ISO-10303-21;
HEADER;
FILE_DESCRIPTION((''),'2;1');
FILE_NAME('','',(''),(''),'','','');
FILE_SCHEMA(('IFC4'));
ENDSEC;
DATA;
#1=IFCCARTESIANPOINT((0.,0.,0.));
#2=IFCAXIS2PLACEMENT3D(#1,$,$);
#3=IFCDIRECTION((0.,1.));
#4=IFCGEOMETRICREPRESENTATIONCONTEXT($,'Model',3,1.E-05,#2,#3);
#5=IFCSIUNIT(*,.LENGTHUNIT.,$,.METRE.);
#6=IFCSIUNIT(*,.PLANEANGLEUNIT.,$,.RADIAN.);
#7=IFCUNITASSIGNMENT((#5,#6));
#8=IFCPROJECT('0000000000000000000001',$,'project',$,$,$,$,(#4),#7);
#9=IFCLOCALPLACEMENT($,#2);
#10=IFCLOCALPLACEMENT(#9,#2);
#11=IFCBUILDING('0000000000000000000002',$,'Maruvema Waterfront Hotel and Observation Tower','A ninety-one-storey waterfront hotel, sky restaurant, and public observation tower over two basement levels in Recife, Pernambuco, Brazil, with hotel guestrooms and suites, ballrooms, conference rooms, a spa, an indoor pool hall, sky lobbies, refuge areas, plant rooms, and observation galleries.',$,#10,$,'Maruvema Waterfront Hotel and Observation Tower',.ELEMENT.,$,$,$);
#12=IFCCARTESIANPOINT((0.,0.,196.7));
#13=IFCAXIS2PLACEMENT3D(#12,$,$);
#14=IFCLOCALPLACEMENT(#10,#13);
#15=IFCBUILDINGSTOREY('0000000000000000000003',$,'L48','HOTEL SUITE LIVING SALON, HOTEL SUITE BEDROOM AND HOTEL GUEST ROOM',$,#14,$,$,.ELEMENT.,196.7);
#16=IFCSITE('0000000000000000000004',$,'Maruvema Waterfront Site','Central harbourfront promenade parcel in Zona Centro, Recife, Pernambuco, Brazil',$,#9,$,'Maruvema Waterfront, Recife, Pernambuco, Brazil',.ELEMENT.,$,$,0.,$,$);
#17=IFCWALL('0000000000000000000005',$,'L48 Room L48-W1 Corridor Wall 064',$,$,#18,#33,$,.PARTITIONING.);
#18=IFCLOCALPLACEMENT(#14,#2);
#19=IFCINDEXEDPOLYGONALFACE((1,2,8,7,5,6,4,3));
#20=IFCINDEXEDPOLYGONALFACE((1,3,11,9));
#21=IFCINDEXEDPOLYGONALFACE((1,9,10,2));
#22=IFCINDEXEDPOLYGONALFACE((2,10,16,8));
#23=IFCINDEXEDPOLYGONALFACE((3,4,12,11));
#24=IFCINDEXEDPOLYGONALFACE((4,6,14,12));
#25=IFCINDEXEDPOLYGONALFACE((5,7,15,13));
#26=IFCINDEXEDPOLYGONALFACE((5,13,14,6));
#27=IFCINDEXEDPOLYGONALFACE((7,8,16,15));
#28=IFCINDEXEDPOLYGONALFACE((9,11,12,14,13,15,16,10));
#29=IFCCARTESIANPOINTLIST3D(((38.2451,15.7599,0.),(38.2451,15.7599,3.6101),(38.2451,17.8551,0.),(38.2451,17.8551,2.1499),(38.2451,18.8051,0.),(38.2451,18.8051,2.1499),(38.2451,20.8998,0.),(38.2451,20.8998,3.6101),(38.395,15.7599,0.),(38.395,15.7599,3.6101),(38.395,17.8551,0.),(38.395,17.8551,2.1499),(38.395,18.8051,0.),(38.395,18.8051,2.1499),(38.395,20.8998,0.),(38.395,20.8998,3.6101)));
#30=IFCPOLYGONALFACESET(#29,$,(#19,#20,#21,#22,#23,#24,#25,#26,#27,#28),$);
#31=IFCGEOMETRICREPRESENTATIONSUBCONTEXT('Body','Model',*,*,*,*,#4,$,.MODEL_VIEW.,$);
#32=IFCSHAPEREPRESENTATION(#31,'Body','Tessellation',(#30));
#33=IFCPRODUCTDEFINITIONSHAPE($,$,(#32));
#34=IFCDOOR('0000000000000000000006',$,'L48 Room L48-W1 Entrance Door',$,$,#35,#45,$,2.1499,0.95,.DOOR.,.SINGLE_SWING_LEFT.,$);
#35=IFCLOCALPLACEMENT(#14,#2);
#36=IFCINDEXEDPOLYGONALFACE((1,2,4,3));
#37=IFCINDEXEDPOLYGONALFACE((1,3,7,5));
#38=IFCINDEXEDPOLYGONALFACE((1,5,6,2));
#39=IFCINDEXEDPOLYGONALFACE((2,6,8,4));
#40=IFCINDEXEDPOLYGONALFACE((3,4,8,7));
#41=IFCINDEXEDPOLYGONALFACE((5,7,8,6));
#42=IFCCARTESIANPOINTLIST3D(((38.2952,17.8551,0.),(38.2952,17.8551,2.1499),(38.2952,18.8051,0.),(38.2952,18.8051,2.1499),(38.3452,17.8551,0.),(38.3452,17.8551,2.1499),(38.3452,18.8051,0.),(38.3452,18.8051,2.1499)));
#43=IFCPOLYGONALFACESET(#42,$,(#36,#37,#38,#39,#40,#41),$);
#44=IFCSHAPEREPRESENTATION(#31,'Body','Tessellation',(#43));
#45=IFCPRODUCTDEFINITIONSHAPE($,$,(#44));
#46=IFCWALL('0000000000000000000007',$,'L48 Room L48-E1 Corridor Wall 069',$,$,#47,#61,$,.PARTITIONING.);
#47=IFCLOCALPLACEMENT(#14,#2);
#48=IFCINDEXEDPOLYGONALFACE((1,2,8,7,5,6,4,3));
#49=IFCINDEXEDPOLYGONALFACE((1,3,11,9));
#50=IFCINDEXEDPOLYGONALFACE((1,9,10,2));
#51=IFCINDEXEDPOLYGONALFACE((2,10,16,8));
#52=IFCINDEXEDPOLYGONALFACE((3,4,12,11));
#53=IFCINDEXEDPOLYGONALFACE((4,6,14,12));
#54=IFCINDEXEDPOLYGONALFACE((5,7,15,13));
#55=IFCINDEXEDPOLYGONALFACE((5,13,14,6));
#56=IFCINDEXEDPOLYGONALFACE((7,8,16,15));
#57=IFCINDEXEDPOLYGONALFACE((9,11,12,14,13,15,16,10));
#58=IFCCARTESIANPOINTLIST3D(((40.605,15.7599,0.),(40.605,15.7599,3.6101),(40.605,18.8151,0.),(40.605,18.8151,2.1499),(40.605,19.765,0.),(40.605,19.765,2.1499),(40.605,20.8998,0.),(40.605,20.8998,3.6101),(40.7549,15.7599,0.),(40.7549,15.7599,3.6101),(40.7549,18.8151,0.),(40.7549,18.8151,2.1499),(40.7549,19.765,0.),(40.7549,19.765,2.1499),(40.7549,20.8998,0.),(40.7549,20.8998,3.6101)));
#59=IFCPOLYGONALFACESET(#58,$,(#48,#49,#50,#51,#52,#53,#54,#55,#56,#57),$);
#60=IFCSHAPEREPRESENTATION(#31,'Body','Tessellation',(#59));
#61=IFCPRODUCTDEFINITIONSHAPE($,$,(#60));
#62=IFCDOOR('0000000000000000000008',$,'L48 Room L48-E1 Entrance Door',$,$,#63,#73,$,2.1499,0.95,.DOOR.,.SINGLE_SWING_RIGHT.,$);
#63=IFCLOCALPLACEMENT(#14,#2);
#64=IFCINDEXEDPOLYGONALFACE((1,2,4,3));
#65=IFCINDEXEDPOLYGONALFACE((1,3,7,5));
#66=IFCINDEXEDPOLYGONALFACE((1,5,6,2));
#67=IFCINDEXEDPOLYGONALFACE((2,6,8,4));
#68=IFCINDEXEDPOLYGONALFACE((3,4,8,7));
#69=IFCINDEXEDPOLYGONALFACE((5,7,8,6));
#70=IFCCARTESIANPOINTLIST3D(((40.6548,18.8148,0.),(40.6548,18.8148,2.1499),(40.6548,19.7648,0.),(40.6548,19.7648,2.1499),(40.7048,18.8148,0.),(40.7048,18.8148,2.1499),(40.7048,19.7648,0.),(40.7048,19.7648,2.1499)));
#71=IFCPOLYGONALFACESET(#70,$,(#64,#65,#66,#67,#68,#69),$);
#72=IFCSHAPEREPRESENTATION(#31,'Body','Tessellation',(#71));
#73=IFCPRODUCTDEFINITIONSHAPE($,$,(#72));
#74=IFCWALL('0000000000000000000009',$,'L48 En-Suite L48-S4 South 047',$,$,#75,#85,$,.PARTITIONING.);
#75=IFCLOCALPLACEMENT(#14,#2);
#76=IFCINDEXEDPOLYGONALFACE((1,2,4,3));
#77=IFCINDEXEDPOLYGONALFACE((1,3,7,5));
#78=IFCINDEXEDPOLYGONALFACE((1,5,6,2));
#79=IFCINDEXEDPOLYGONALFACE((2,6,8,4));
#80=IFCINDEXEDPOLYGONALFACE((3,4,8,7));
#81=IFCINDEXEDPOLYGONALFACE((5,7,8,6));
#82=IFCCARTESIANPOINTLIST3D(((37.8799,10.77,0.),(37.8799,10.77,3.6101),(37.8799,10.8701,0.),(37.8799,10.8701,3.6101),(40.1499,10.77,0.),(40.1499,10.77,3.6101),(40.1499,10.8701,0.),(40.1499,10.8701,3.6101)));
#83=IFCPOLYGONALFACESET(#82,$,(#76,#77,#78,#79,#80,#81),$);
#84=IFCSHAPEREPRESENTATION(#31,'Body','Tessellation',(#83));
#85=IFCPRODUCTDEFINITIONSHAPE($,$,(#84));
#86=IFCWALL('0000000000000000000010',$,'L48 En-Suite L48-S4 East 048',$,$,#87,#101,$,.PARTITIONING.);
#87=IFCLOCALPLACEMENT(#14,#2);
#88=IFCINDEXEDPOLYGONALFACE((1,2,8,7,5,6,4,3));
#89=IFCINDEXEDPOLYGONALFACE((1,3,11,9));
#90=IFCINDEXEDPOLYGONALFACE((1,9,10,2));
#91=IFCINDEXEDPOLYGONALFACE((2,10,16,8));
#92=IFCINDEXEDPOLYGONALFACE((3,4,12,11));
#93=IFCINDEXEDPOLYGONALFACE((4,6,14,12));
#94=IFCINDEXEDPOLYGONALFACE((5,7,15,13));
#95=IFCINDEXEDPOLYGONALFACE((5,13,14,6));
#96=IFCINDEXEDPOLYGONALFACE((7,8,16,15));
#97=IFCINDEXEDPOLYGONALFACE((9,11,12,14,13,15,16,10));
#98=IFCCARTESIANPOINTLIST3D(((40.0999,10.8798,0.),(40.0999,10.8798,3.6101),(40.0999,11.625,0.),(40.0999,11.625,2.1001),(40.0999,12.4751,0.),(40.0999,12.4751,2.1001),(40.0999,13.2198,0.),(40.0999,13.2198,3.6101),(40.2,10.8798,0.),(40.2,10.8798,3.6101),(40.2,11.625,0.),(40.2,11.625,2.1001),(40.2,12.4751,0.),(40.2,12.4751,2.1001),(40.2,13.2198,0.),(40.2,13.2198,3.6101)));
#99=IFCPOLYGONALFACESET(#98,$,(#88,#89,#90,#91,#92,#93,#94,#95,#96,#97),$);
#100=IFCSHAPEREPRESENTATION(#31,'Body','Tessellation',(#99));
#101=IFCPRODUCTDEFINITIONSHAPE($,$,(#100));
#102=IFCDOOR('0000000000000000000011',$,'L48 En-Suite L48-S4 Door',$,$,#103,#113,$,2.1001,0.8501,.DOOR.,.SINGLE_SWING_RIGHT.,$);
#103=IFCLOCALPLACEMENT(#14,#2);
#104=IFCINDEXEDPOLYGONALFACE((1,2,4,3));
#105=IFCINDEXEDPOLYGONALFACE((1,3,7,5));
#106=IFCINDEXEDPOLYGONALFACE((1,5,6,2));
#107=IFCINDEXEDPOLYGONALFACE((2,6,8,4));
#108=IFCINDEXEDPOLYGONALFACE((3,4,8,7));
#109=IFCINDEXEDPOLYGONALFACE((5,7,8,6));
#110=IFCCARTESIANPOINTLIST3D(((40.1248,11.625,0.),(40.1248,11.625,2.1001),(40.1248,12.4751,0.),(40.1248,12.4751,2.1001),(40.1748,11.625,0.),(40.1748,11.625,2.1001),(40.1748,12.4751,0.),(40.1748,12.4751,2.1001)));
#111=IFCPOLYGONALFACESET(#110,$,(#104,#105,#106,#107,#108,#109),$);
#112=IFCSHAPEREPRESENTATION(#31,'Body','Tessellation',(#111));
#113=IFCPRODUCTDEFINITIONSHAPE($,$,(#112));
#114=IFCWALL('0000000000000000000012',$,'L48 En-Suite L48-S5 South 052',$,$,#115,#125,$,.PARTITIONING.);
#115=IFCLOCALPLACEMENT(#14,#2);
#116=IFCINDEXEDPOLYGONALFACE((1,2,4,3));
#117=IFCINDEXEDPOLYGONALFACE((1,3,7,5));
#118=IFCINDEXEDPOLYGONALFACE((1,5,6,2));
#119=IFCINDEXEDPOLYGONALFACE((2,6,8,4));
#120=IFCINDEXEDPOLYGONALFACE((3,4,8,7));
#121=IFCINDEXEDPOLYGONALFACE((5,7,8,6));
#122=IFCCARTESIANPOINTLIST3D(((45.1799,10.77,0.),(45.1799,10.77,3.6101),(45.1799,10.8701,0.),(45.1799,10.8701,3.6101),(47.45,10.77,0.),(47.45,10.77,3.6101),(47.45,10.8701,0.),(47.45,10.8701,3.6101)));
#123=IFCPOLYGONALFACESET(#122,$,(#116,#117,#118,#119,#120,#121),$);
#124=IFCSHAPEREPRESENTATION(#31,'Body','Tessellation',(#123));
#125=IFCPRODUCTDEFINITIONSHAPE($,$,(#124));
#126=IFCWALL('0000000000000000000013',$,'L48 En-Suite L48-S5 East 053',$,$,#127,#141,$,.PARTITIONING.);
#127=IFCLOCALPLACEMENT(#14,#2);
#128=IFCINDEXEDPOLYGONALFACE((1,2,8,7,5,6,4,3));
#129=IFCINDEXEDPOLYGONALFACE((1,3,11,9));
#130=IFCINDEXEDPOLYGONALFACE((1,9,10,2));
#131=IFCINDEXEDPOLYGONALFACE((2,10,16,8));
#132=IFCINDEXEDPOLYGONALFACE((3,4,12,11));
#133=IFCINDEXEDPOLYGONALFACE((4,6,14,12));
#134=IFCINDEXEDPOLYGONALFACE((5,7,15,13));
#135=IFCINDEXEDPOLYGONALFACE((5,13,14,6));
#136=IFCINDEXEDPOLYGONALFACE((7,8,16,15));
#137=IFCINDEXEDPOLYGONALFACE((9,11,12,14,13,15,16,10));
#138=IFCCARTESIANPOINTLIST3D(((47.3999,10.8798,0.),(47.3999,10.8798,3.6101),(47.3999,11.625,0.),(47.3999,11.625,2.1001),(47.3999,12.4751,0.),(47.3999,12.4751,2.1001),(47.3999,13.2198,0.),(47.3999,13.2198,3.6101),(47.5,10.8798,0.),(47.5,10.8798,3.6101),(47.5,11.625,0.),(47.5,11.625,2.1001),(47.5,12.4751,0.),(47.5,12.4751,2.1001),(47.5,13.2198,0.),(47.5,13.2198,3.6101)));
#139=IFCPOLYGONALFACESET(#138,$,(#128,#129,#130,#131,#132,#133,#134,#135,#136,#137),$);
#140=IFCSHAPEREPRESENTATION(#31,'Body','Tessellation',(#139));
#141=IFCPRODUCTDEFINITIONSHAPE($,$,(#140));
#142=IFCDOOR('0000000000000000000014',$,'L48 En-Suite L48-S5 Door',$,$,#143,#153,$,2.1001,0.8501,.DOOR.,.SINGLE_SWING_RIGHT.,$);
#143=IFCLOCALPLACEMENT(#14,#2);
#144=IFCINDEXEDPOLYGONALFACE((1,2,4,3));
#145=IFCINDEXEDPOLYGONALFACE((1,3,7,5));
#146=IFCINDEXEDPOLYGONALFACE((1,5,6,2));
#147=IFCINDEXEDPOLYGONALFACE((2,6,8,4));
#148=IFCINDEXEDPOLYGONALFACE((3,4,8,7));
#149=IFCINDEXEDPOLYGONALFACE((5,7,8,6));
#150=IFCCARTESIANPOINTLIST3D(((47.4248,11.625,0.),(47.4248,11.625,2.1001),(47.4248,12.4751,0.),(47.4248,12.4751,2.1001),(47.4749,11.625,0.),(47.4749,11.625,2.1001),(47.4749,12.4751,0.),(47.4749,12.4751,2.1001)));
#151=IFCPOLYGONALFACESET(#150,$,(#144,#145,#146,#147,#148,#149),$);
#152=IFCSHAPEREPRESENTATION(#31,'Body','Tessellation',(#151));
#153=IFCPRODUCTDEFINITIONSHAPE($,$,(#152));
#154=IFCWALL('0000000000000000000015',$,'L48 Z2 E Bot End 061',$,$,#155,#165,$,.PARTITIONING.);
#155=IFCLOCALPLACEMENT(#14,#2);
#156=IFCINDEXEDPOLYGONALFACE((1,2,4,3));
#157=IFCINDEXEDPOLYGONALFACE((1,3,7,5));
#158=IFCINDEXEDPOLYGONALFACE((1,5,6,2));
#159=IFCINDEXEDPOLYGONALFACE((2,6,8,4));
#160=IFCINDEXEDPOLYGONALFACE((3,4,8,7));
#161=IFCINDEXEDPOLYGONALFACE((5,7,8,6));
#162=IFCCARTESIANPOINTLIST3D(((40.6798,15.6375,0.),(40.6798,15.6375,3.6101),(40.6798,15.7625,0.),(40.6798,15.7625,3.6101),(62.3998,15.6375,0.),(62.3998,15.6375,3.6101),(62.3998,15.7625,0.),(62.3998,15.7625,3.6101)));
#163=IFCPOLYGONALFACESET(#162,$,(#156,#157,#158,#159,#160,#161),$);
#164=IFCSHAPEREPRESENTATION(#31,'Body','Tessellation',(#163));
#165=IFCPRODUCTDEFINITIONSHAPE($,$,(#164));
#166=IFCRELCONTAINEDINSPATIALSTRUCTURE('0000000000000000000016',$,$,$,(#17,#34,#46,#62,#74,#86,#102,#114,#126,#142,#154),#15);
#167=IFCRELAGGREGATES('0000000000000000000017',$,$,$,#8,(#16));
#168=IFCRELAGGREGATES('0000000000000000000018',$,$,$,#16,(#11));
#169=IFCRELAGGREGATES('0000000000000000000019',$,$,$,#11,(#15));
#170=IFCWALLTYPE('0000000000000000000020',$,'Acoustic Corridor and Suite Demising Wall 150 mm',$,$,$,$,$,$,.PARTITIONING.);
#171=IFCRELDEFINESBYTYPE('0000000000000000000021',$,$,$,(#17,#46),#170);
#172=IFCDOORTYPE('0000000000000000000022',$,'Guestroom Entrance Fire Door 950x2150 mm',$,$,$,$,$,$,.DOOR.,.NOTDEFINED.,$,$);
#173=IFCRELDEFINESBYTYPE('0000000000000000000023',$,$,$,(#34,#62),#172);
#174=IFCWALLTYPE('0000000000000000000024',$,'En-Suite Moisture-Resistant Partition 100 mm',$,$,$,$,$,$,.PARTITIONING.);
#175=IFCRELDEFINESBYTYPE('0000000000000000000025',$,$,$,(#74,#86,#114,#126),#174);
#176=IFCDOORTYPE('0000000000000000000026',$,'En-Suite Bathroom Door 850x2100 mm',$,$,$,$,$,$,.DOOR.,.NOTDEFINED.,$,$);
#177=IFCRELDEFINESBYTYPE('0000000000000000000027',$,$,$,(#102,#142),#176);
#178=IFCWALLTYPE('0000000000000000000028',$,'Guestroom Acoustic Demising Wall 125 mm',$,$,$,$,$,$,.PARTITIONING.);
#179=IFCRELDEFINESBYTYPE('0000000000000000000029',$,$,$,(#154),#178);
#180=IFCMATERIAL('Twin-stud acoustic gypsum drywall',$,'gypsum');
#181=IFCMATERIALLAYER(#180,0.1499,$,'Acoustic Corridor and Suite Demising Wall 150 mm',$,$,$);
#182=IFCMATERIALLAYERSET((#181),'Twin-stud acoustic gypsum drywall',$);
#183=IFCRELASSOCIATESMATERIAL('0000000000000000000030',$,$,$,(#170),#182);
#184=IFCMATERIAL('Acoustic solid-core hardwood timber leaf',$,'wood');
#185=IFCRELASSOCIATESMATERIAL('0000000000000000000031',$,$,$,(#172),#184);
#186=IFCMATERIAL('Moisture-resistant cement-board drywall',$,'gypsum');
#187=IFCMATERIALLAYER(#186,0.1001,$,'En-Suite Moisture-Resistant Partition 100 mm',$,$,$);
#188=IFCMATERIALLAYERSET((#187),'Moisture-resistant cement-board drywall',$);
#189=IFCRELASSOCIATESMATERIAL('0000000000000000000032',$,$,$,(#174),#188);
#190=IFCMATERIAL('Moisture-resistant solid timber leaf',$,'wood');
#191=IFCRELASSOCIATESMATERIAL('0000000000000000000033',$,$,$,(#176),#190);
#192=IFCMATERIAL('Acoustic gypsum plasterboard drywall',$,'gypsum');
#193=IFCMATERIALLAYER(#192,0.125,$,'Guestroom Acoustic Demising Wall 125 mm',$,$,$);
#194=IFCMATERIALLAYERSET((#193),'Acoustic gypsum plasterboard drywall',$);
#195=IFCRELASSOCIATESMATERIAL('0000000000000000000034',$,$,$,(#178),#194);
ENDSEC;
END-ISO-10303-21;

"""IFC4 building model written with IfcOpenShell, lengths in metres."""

from ifc_helpers import new_model, si_unit, direction, frame, frame_2d, origin, place, context, subcontext, project, spatial, rectangle, extrude, material, layer, layer_set, type_object, element, fill, save


model = new_model("IFC4")

# Units and contexts
model_context = context("Model", 3, precision=1e-05, world=origin(), true_north=direction((0.0, 1.0)))
body_context = subcontext(model_context, "Body", "Model", "MODEL_VIEW")
ifc_project = project(units=[si_unit("LENGTHUNIT", "METRE"), si_unit("PLANEANGLEUNIT", "RADIAN")], contexts=[model_context])

# Site, building, storey
site_placement = place(None, origin())
site = spatial("IfcSite", under=ifc_project, at=site_placement, Name="Maruvema Waterfront Site", Description="Central harbourfront promenade parcel in Zona Centro, Recife, Pernambuco, Brazil", LongName="Maruvema Waterfront, Recife, Pernambuco, Brazil", CompositionType="ELEMENT", RefElevation=0.0)
building_placement = place(site_placement, origin())
building = spatial("IfcBuilding", under=site, at=building_placement, Name="Maruvema Waterfront Hotel and Observation Tower", Description="A ninety-one-storey waterfront hotel, sky restaurant, and public observation tower over two basement levels in Recife, Pernambuco, Brazil, with hotel guestrooms and suites, ballrooms, conference rooms, a spa, an indoor pool hall, sky lobbies, refuge areas, plant rooms, and observation galleries.", LongName="Maruvema Waterfront Hotel and Observation Tower", CompositionType="ELEMENT")
storey_placement = place(building_placement, frame((0.0, 0.0, 196.7)))
storey = spatial("IfcBuildingStorey", under=building, at=storey_placement, Name="L48", Description="HOTEL SUITE LIVING SALON, HOTEL SUITE BEDROOM AND HOTEL GUEST ROOM", CompositionType="ELEMENT", Elevation=196.7)

# Shared definitions
ifc_material_1 = material(Name="Twin-stud acoustic gypsum drywall", Category="gypsum")
ifc_layer_1 = layer(ifc_material_1, 0.1499, Name="Acoustic Corridor and Suite Demising Wall 150 mm")
ifc_layer_set_1 = layer_set([ifc_layer_1], Name="Twin-stud acoustic gypsum drywall")
wall_type_1 = type_object("IfcWallType", Name="Acoustic Corridor and Suite Demising Wall 150 mm", PredefinedType="PARTITIONING", material=ifc_layer_set_1)

# Shared definitions
ifc_material_2 = material(Name="Acoustic solid-core hardwood timber leaf", Category="wood")
door_type_1 = type_object("IfcDoorType", Name="Guestroom Entrance Fire Door 950x2150 mm", OperationType="NOTDEFINED", PredefinedType="DOOR", material=ifc_material_2)

# Walls, openings, doors
wall_1_placement = place(storey_placement, frame((38.3201, 15.76, 0.0), z_axis=(0.0, 0.0, 1.0), x_axis=(0.0, 1.0, 0.0)))
wall_1 = element("IfcWall", 1, at=wall_1_placement, inside=storey, type_object=wall_type_1, Name="L48 Room L48-W1 Corridor Wall 064", PredefinedType="PARTITIONING", context=body_context, shape_type="SweptSolid", body=[
    extrude(rectangle(XDim=5.1399, YDim=0.1499, at=frame_2d((2.5698, 0.0))), origin(), (0.0, 0.0, 1.0), 3.6101),
])
opening_1_placement = place(wall_1_placement, frame((2.095, 0.0, 0.0)))
opening_1 = element("IfcOpeningElement", 2, at=opening_1_placement, cuts=wall_1, PredefinedType="OPENING", context=body_context, shape_type="SweptSolid", body=[
    extrude(rectangle(XDim=0.95, YDim=2.1499, at=frame_2d((0.4751, 1.075))), frame((0.0, 0.085, 0.0), z_axis=(0.0, -1.0, 0.0), x_axis=(1.0, 0.0, 0.0)), (0.0, 0.0, 1.0), 0.1699),
])
door_1_placement = place(opening_1_placement, origin())
door_1 = element("IfcDoor", 3, at=door_1_placement, inside=storey, type_object=door_type_1, Name="L48 Room L48-W1 Entrance Door", OperationType="SINGLE_SWING_LEFT", OverallHeight=2.1499, OverallWidth=0.95, PredefinedType="DOOR", context=body_context, shape_type="SweptSolid", body=[
    extrude(rectangle(XDim=0.95, YDim=2.1499, at=frame_2d((0.4751, 1.075))), frame((0.0, 0.0249, 0.0), z_axis=(0.0, -1.0, 0.0), x_axis=(1.0, 0.0, 0.0)), (0.0, 0.0, 1.0), 0.05),
])
fill(opening_1, door_1)
wall_2_placement = place(storey_placement, frame((40.6799, 15.76, 0.0), z_axis=(0.0, 0.0, 1.0), x_axis=(0.0, 1.0, 0.0)))
wall_2 = element("IfcWall", 4, at=wall_2_placement, inside=storey, type_object=wall_type_1, Name="L48 Room L48-E1 Corridor Wall 069", PredefinedType="PARTITIONING", context=body_context, shape_type="SweptSolid", body=[
    extrude(rectangle(XDim=5.1399, YDim=0.1499, at=frame_2d((2.5698, 0.0))), origin(), (0.0, 0.0, 1.0), 3.6101),
])
opening_2_placement = place(wall_2_placement, frame((3.0549, 0.0, 0.0)))
opening_2 = element("IfcOpeningElement", 5, at=opening_2_placement, cuts=wall_2, PredefinedType="OPENING", context=body_context, shape_type="SweptSolid", body=[
    extrude(rectangle(XDim=0.95, YDim=2.1499, at=frame_2d((0.4751, 1.075))), frame((0.0, 0.085, 0.0), z_axis=(0.0, -1.0, 0.0), x_axis=(1.0, 0.0, 0.0)), (0.0, 0.0, 1.0), 0.1699),
])
door_2_placement = place(opening_2_placement, frame((0.95, 0.0, 0.0), z_axis=(0.0, 0.0, 1.0), x_axis=(-1.0, 0.0, 0.0)))
door_2 = element("IfcDoor", 6, at=door_2_placement, inside=storey, type_object=door_type_1, Name="L48 Room L48-E1 Entrance Door", OperationType="SINGLE_SWING_RIGHT", OverallHeight=2.1499, OverallWidth=0.95, PredefinedType="DOOR", context=body_context, shape_type="SweptSolid", body=[
    extrude(rectangle(XDim=0.95, YDim=2.1499, at=frame_2d((0.4751, 1.075))), frame((0.0, 0.0249, 0.0), z_axis=(0.0, -1.0, 0.0), x_axis=(1.0, 0.0, 0.0)), (0.0, 0.0, 1.0), 0.05),
])
fill(opening_2, door_2)

# Wall
ifc_material_3 = material(Name="Moisture-resistant cement-board drywall", Category="gypsum")
ifc_layer_2 = layer(ifc_material_3, 0.1001, Name="En-Suite Moisture-Resistant Partition 100 mm")
ifc_layer_set_2 = layer_set([ifc_layer_2], Name="Moisture-resistant cement-board drywall")
wall_type_2 = type_object("IfcWallType", Name="En-Suite Moisture-Resistant Partition 100 mm", PredefinedType="PARTITIONING", material=ifc_layer_set_2)
wall_3_placement = place(storey_placement, frame((37.8799, 10.8201, 0.0), z_axis=(0.0, 0.0, 1.0), x_axis=(1.0, 0.0, 0.0)))
element("IfcWall", 7, at=wall_3_placement, inside=storey, type_object=wall_type_2, Name="L48 En-Suite L48-S4 South 047", PredefinedType="PARTITIONING", context=body_context, shape_type="SweptSolid", body=[
    extrude(rectangle(XDim=2.27, YDim=0.1001, at=frame_2d((1.135, 0.0))), origin(), (0.0, 0.0, 1.0), 3.6101),
])

# Wall, opening, door
wall_4_placement = place(storey_placement, frame((40.1499, 10.8799, 0.0), z_axis=(0.0, 0.0, 1.0), x_axis=(0.0, 1.0, 0.0)))
wall_4 = element("IfcWall", 8, at=wall_4_placement, inside=storey, type_object=wall_type_2, Name="L48 En-Suite L48-S4 East 048", PredefinedType="PARTITIONING", context=body_context, shape_type="SweptSolid", body=[
    extrude(rectangle(XDim=2.3401, YDim=0.1001, at=frame_2d((1.1699, 0.0))), origin(), (0.0, 0.0, 1.0), 3.6101),
])
opening_3_placement = place(wall_4_placement, frame((0.7451, 0.0, 0.0)))
opening_3 = element("IfcOpeningElement", 9, at=opening_3_placement, cuts=wall_4, PredefinedType="OPENING", context=body_context, shape_type="SweptSolid", body=[
    extrude(rectangle(XDim=0.8501, YDim=2.1001, at=frame_2d((0.425, 1.05))), frame((0.0, 0.0601, 0.0), z_axis=(0.0, -1.0, 0.0), x_axis=(1.0, 0.0, 0.0)), (0.0, 0.0, 1.0), 0.1201),
])
ifc_material_4 = material(Name="Moisture-resistant solid timber leaf", Category="wood")
door_type_2 = type_object("IfcDoorType", Name="En-Suite Bathroom Door 850x2100 mm", OperationType="NOTDEFINED", PredefinedType="DOOR", material=ifc_material_4)
door_3_placement = place(opening_3_placement, frame((0.8501, 0.0, 0.0), z_axis=(0.0, 0.0, 1.0), x_axis=(-1.0, 0.0, 0.0)))
door_3 = element("IfcDoor", 10, at=door_3_placement, inside=storey, type_object=door_type_2, Name="L48 En-Suite L48-S4 Door", OperationType="SINGLE_SWING_RIGHT", OverallHeight=2.1001, OverallWidth=0.8501, PredefinedType="DOOR", context=body_context, shape_type="SweptSolid", body=[
    extrude(rectangle(XDim=0.8501, YDim=2.1001, at=frame_2d((0.425, 1.05))), frame((0.0, 0.0249, 0.0), z_axis=(0.0, -1.0, 0.0), x_axis=(1.0, 0.0, 0.0)), (0.0, 0.0, 1.0), 0.05),
])
fill(opening_3, door_3)

# Wall
wall_5_placement = place(storey_placement, frame((45.1799, 10.8201, 0.0), z_axis=(0.0, 0.0, 1.0), x_axis=(1.0, 0.0, 0.0)))
element("IfcWall", 11, at=wall_5_placement, inside=storey, type_object=wall_type_2, Name="L48 En-Suite L48-S5 South 052", PredefinedType="PARTITIONING", context=body_context, shape_type="SweptSolid", body=[
    extrude(rectangle(XDim=2.27, YDim=0.1001, at=frame_2d((1.135, 0.0))), origin(), (0.0, 0.0, 1.0), 3.6101),
])

# Wall, opening, door
wall_6_placement = place(storey_placement, frame((47.45, 10.8799, 0.0), z_axis=(0.0, 0.0, 1.0), x_axis=(0.0, 1.0, 0.0)))
wall_6 = element("IfcWall", 12, at=wall_6_placement, inside=storey, type_object=wall_type_2, Name="L48 En-Suite L48-S5 East 053", PredefinedType="PARTITIONING", context=body_context, shape_type="SweptSolid", body=[
    extrude(rectangle(XDim=2.3401, YDim=0.1001, at=frame_2d((1.1699, 0.0))), origin(), (0.0, 0.0, 1.0), 3.6101),
])
opening_4_placement = place(wall_6_placement, frame((0.7451, 0.0, 0.0)))
opening_4 = element("IfcOpeningElement", 13, at=opening_4_placement, cuts=wall_6, PredefinedType="OPENING", context=body_context, shape_type="SweptSolid", body=[
    extrude(rectangle(XDim=0.8501, YDim=2.1001, at=frame_2d((0.425, 1.05))), frame((0.0, 0.0601, 0.0), z_axis=(0.0, -1.0, 0.0), x_axis=(1.0, 0.0, 0.0)), (0.0, 0.0, 1.0), 0.1201),
])
door_4_placement = place(opening_4_placement, frame((0.8501, 0.0, 0.0), z_axis=(0.0, 0.0, 1.0), x_axis=(-1.0, 0.0, 0.0)))
door_4 = element("IfcDoor", 14, at=door_4_placement, inside=storey, type_object=door_type_2, Name="L48 En-Suite L48-S5 Door", OperationType="SINGLE_SWING_RIGHT", OverallHeight=2.1001, OverallWidth=0.8501, PredefinedType="DOOR", context=body_context, shape_type="SweptSolid", body=[
    extrude(rectangle(XDim=0.8501, YDim=2.1001, at=frame_2d((0.425, 1.05))), frame((0.0, 0.0249, 0.0), z_axis=(0.0, -1.0, 0.0), x_axis=(1.0, 0.0, 0.0)), (0.0, 0.0, 1.0), 0.05),
])
fill(opening_4, door_4)

# Wall
ifc_material_5 = material(Name="Acoustic gypsum plasterboard drywall", Category="gypsum")
ifc_layer_3 = layer(ifc_material_5, 0.125, Name="Guestroom Acoustic Demising Wall 125 mm")
ifc_layer_set_3 = layer_set([ifc_layer_3], Name="Acoustic gypsum plasterboard drywall")
wall_type_3 = type_object("IfcWallType", Name="Guestroom Acoustic Demising Wall 125 mm", PredefinedType="PARTITIONING", material=ifc_layer_set_3)
wall_7_placement = place(storey_placement, frame((40.6799, 15.7, 0.0), z_axis=(0.0, 0.0, 1.0), x_axis=(1.0, 0.0, 0.0)))
element("IfcWall", 15, at=wall_7_placement, inside=storey, type_object=wall_type_3, Name="L48 Z2 E Bot End 061", PredefinedType="PARTITIONING", context=body_context, shape_type="SweptSolid", body=[
    extrude(rectangle(XDim=21.72, YDim=0.125, at=frame_2d((10.8599, 0.0))), origin(), (0.0, 0.0, 1.0), 3.6101),
])

save(model, "model.ifc")
